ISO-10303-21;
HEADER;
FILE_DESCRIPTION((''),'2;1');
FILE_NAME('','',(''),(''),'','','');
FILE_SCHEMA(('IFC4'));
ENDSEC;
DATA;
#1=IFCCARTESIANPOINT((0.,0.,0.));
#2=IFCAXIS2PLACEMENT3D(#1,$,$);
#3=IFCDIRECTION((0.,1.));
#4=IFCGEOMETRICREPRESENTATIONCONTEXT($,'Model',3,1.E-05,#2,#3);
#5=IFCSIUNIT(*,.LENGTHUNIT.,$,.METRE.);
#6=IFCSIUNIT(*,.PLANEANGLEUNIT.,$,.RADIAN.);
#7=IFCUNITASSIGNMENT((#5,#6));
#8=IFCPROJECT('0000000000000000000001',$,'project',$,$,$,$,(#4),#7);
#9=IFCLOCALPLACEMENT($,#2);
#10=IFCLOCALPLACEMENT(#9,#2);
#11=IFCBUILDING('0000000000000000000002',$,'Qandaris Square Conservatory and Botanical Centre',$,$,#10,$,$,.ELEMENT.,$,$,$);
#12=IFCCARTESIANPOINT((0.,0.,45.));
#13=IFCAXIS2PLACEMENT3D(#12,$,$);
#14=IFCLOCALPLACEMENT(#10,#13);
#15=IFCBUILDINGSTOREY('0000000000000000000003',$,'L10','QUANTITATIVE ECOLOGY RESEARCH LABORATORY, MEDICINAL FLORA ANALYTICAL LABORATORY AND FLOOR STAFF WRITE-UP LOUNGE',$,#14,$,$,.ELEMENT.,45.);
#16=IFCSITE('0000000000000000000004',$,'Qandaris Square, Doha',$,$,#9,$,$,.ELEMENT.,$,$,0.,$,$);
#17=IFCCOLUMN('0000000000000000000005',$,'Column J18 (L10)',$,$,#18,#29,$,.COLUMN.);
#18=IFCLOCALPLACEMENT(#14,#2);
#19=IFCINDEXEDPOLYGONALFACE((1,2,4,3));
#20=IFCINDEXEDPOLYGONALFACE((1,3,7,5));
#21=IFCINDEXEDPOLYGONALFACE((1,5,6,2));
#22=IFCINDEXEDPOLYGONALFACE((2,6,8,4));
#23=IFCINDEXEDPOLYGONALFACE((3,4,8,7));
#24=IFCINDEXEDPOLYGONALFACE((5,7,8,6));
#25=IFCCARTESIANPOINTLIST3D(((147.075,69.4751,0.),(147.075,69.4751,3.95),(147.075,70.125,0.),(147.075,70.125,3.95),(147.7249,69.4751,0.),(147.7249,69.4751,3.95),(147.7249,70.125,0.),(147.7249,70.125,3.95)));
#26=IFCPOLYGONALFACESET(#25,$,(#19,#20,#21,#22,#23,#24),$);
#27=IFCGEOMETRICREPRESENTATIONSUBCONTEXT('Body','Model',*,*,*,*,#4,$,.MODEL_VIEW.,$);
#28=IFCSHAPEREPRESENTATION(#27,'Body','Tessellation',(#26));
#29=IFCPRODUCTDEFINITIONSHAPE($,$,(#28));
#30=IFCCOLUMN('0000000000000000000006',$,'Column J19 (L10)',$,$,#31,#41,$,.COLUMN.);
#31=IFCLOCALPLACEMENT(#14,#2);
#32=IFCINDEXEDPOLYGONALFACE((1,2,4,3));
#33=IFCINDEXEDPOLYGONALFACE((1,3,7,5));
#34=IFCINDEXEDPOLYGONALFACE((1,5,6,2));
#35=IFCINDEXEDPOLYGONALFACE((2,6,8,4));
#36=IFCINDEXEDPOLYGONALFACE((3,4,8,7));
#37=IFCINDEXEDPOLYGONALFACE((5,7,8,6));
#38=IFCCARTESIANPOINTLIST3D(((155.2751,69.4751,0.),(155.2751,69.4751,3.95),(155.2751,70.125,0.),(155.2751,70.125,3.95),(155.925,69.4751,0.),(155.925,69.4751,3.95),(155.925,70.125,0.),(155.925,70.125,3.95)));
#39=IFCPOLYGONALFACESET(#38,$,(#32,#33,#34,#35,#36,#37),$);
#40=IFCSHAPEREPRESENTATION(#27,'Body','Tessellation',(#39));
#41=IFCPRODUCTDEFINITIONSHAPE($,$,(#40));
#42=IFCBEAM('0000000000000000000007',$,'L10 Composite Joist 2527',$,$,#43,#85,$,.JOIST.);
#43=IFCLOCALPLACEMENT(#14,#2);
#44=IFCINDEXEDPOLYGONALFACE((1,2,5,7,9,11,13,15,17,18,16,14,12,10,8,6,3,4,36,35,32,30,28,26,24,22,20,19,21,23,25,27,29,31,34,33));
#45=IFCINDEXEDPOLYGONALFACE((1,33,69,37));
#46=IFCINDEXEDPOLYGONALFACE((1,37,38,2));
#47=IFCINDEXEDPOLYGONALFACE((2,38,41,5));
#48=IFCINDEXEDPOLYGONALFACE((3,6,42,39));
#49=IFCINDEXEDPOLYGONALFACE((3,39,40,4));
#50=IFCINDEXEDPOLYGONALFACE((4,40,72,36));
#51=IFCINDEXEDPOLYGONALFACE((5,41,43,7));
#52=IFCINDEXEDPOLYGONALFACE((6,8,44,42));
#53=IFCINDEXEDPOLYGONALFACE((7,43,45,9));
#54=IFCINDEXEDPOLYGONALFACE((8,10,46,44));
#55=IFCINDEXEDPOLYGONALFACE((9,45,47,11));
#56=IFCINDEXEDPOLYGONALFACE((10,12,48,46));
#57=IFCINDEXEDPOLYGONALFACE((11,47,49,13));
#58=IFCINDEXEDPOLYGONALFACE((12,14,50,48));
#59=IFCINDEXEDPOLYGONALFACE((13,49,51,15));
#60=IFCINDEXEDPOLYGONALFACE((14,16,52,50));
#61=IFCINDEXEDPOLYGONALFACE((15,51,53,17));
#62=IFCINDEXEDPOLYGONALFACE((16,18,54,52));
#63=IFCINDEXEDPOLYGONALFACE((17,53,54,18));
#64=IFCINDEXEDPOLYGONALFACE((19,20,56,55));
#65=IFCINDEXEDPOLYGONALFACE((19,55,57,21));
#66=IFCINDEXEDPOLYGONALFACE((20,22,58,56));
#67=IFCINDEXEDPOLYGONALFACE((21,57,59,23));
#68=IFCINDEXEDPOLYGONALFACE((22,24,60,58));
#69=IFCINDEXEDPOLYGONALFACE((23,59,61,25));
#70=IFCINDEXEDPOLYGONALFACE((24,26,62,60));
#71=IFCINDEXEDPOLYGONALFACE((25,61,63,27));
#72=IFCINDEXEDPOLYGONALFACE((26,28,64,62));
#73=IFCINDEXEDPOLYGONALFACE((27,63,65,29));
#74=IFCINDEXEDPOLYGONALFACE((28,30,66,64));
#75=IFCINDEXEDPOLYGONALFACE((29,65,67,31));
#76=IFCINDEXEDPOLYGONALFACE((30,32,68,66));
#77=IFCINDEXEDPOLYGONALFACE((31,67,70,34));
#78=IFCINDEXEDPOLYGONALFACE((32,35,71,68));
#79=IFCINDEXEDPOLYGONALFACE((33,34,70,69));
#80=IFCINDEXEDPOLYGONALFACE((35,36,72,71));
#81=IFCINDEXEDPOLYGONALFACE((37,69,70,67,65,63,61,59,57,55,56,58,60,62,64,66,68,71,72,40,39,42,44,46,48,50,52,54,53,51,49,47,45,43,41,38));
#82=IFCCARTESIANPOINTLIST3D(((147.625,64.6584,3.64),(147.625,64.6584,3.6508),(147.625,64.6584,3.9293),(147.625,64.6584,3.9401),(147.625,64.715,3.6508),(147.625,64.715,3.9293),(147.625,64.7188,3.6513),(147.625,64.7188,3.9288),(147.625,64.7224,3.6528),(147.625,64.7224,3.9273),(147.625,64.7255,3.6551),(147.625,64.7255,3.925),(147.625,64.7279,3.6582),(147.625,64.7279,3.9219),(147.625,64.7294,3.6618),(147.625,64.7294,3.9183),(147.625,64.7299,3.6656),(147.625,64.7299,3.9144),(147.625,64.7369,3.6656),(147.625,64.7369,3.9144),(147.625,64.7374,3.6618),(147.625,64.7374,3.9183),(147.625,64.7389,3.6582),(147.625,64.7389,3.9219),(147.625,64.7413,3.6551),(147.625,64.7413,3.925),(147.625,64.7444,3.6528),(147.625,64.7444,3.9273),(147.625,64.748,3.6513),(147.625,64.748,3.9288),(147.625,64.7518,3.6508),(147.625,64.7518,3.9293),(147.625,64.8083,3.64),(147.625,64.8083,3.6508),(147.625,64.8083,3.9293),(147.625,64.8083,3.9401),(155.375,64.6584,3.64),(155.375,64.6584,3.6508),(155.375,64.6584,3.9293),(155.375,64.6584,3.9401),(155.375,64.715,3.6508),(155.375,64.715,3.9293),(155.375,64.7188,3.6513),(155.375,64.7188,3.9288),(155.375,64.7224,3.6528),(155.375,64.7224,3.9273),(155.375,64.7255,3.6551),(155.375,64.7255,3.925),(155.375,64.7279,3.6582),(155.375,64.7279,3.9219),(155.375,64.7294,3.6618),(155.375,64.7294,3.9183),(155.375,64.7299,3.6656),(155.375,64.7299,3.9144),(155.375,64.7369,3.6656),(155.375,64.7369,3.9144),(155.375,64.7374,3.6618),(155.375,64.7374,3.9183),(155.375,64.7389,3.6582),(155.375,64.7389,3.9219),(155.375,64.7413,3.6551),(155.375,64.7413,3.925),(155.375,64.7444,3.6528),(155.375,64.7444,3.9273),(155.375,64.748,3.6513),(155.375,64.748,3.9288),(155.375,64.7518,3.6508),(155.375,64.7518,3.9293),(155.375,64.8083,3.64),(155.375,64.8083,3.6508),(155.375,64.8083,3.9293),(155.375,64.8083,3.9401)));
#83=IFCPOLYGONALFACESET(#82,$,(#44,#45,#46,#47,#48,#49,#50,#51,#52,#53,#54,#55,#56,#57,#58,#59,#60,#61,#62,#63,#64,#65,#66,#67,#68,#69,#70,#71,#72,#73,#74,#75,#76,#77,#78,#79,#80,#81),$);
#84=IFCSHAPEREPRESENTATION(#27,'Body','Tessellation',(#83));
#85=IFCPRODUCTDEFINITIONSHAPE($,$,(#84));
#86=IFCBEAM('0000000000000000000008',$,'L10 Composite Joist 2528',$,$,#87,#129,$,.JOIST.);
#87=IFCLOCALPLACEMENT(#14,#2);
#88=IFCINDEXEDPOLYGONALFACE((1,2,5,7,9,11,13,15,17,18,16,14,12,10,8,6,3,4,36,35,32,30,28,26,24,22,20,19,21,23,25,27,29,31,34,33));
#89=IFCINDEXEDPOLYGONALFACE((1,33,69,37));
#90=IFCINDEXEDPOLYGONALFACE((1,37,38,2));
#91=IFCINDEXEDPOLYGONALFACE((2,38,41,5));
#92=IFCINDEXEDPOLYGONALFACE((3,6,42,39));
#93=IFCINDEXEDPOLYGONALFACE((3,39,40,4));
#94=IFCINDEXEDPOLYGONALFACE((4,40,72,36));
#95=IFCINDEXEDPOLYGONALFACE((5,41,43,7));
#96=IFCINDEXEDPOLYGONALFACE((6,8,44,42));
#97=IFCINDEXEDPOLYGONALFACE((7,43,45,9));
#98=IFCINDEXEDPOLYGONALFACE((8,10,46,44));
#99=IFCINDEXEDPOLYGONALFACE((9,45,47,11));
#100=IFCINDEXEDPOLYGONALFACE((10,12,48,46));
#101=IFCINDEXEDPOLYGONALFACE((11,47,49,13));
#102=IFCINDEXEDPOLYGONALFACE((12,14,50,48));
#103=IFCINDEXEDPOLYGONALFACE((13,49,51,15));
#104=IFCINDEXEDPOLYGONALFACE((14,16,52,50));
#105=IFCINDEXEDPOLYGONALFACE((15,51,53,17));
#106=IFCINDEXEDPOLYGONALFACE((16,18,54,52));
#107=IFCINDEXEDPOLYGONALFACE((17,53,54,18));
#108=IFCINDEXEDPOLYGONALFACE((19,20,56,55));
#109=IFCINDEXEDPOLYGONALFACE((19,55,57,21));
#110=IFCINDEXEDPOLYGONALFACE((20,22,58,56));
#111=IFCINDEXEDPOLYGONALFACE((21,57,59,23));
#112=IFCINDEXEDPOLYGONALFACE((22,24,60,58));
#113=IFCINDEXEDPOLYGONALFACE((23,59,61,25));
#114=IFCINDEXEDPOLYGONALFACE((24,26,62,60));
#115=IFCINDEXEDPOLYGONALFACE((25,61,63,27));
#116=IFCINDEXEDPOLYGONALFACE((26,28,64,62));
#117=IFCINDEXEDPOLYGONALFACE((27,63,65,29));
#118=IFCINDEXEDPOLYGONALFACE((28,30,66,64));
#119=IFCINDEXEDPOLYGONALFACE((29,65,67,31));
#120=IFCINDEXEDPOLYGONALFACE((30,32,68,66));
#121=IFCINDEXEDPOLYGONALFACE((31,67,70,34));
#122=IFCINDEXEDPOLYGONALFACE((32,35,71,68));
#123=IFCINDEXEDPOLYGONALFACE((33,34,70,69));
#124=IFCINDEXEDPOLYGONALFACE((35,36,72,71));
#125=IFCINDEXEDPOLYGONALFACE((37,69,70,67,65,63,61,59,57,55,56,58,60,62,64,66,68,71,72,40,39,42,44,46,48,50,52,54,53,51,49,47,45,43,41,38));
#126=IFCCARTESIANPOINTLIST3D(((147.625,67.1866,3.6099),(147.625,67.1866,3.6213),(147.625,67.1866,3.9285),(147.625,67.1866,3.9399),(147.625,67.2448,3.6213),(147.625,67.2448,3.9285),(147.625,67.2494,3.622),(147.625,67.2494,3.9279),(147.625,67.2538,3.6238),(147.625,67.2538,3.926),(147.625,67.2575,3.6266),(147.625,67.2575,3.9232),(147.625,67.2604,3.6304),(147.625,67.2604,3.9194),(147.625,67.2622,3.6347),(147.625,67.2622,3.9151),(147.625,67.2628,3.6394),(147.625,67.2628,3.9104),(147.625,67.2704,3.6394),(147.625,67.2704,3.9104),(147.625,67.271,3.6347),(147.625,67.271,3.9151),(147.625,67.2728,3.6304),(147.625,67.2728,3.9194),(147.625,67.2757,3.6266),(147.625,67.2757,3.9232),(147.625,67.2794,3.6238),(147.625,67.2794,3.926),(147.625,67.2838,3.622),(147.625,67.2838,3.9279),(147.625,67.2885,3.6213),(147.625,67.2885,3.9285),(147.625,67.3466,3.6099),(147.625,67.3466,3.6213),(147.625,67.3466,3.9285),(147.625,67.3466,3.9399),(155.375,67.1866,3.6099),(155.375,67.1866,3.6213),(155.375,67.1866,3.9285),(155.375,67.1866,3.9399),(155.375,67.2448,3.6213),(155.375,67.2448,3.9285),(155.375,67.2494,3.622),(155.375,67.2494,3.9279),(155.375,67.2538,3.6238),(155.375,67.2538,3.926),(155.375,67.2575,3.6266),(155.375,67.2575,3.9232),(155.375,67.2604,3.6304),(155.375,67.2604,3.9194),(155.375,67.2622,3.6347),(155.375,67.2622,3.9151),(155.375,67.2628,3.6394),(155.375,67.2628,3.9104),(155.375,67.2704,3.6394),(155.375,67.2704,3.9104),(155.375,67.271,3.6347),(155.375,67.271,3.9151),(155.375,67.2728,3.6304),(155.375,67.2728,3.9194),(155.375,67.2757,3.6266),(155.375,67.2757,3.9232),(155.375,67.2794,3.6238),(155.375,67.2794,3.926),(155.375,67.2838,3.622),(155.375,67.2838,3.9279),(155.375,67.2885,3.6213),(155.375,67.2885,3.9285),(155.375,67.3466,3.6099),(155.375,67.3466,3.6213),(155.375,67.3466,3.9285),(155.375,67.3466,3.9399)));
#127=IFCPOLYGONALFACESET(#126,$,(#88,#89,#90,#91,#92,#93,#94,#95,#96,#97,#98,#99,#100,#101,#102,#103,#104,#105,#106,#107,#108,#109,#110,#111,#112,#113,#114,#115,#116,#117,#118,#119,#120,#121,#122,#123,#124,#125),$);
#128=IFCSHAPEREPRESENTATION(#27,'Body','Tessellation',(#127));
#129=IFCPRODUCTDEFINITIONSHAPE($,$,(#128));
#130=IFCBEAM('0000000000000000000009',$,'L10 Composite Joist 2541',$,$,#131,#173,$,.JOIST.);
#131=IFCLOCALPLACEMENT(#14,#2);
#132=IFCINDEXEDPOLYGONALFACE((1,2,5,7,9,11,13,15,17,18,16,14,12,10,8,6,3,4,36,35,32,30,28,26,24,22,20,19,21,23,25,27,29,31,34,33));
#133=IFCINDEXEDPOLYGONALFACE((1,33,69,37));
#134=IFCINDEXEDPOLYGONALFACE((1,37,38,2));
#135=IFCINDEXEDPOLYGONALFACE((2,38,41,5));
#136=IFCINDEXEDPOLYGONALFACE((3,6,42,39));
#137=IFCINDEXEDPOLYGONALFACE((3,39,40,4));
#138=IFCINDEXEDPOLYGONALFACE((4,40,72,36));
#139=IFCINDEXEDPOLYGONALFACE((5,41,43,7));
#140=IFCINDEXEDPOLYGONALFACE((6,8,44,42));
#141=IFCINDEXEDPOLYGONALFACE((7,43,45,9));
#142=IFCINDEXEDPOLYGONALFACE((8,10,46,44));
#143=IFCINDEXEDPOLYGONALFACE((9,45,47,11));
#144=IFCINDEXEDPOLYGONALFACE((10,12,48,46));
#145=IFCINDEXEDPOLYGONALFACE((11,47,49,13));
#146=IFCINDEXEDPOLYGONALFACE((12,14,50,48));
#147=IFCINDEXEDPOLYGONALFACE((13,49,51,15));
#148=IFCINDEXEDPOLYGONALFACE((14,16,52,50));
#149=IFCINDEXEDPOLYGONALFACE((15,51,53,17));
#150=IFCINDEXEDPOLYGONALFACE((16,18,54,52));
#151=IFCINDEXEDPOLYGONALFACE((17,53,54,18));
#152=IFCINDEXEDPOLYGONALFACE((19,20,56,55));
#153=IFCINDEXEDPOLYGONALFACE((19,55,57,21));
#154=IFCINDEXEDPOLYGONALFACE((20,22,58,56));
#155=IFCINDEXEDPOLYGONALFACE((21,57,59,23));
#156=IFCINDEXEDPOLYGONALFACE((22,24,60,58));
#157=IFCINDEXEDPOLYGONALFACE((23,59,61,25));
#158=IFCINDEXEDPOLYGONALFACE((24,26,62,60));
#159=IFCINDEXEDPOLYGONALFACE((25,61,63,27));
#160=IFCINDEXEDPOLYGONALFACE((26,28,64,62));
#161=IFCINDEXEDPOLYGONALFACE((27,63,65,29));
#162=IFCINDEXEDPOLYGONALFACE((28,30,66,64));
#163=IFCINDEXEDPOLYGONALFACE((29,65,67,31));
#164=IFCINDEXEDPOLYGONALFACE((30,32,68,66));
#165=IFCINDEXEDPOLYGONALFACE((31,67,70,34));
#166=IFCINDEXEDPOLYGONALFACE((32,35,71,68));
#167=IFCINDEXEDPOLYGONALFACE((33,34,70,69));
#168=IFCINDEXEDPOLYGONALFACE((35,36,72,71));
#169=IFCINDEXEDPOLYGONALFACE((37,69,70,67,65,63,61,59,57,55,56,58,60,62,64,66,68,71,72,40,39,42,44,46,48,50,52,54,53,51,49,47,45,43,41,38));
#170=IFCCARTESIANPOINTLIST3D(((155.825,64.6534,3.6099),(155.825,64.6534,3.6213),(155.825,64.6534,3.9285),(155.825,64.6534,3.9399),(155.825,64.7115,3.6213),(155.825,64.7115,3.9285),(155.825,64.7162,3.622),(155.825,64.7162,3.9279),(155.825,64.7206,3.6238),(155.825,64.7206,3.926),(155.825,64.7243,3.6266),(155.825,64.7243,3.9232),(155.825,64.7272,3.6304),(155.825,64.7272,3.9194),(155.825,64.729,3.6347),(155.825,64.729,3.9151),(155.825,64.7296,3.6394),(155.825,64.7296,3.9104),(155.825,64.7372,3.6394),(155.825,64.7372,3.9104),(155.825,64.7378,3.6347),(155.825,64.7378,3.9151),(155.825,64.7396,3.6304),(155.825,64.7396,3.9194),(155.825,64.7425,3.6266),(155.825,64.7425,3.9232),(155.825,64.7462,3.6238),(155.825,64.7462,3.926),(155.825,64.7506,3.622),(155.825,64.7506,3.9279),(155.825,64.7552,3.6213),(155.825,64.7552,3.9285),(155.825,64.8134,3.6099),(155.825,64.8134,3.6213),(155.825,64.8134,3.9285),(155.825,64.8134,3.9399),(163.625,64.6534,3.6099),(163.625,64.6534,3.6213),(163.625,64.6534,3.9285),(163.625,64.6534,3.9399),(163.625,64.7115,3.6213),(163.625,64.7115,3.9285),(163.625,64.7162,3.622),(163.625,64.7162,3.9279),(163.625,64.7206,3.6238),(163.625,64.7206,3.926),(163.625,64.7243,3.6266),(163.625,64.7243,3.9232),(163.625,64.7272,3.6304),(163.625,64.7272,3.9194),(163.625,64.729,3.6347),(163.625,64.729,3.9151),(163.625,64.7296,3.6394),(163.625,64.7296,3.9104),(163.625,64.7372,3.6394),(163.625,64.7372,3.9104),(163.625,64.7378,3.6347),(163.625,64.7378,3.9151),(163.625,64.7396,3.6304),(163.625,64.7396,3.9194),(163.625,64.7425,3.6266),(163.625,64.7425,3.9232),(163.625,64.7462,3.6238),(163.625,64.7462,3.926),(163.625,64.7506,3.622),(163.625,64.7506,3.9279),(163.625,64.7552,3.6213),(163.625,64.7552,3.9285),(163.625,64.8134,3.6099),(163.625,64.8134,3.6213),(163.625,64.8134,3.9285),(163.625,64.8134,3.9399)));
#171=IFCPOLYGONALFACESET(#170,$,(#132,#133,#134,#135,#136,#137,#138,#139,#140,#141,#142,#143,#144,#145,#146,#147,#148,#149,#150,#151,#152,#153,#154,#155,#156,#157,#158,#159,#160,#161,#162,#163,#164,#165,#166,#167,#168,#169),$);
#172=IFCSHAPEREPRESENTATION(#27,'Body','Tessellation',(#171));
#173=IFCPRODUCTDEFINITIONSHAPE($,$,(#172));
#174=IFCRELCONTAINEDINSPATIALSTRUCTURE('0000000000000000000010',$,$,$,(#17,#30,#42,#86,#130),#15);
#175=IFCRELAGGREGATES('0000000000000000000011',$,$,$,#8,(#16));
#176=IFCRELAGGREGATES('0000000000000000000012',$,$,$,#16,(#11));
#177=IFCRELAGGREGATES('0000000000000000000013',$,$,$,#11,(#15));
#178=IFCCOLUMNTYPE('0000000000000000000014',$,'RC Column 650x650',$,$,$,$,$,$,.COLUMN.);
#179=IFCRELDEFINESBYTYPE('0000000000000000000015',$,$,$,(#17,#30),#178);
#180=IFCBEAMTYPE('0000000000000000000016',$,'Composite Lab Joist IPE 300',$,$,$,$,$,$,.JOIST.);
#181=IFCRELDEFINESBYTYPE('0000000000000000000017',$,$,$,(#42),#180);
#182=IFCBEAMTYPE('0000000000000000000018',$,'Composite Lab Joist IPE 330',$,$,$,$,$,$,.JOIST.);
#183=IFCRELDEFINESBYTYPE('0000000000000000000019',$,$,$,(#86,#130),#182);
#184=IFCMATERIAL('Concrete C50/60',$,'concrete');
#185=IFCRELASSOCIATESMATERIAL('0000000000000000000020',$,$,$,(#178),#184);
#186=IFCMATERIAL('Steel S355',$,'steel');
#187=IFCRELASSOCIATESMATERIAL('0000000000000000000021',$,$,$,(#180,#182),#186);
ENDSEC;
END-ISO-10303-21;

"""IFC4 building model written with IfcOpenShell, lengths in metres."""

from ifc_helpers import new_model, si_unit, direction, frame, origin, origin_2d, place, context, subcontext, project, spatial, rectangle, i_section, extrude, material, material_profile, profile_set, type_object, element, save


model = new_model("IFC4")

# Units and contexts
model_context = context("Model", 3, precision=1e-05, world=origin(), true_north=direction((0.0, 1.0)))
body_context = subcontext(model_context, "Body", "Model", "MODEL_VIEW")
ifc_project = project(units=[si_unit("LENGTHUNIT", "METRE"), si_unit("PLANEANGLEUNIT", "RADIAN")], contexts=[model_context])

# Site, building, storey
site_placement = place(None, origin())
site = spatial("IfcSite", under=ifc_project, at=site_placement, Name="Qandaris Square, Doha", CompositionType="ELEMENT", RefElevation=0.0)
building_placement = place(site_placement, origin())
building = spatial("IfcBuilding", under=site, at=building_placement, Name="Qandaris Square Conservatory and Botanical Centre", CompositionType="ELEMENT")
storey_placement = place(building_placement, frame((0.0, 0.0, 45.0)))
storey = spatial("IfcBuildingStorey", under=building, at=storey_placement, Name="L10", Description="QUANTITATIVE ECOLOGY RESEARCH LABORATORY, MEDICINAL FLORA ANALYTICAL LABORATORY AND FLOOR STAFF WRITE-UP LOUNGE", CompositionType="ELEMENT", Elevation=45.0)

# Columns
ifc_material_1 = material(Name="Concrete C50/60", Category="concrete")
ifc_material_profile_1 = material_profile(ifc_material_1, rectangle(XDim=0.6499, YDim=0.6499, at=origin_2d()), Name="RC-COL 650x650")
ifc_profile_set_1 = profile_set([ifc_material_profile_1], Name="Concrete C50/60")
column_type = type_object("IfcColumnType", Name="RC Column 650x650", PredefinedType="COLUMN", material=ifc_profile_set_1)
for number, where, z_axis, x_axis, name in (
    (1, (147.3999, 69.8, 0.0), (0.0, 0.0, 1.0), (1.0, 0.0, 0.0), "Column J18 (L10)"),
    (2, (155.6001, 69.8, 0.0), (0.0, 0.0, 1.0), (1.0, 0.0, 0.0), "Column J19 (L10)"),
):
    element("IfcColumn", number, at=place(storey_placement, frame(where, z_axis=z_axis, x_axis=x_axis)), inside=storey, type_object=column_type, Name=name, PredefinedType="COLUMN", context=body_context, shape_type="SweptSolid", body=[
        extrude(rectangle(XDim=0.6499, YDim=0.6499, at=origin_2d()), origin(), (0.0, 0.0, 1.0), 3.95),
    ])

# Beams
ifc_material_2 = material(Name="Steel S355", Category="steel")
ifc_material_profile_2 = material_profile(ifc_material_2, i_section(OverallWidth=0.1499, OverallDepth=0.3, WebThickness=0.0071, FlangeThickness=0.0107, FilletRadius=0.0149, at=origin_2d()), Name="IPE 300")
ifc_profile_set_2 = profile_set([ifc_material_profile_2], Name="Steel S355")
beam_type_1 = type_object("IfcBeamType", Name="Composite Lab Joist IPE 300", PredefinedType="JOIST", material=ifc_profile_set_2)
beam_1_placement = place(storey_placement, frame((147.625, 64.7334, 3.79), z_axis=(1.0, 0.0, 0.0), x_axis=(0.0, 1.0, 0.0)))
element("IfcBeam", 3, at=beam_1_placement, inside=storey, type_object=beam_type_1, Name="L10 Composite Joist 2527", PredefinedType="JOIST", context=body_context, shape_type="SweptSolid", body=[
    extrude(i_section(OverallWidth=0.1499, OverallDepth=0.3, WebThickness=0.0071, FlangeThickness=0.0107, FilletRadius=0.0149, at=origin_2d()), origin(), (0.0, 0.0, 1.0), 7.75),
])
ifc_material_profile_3 = material_profile(ifc_material_2, i_section(OverallWidth=0.1599, OverallDepth=0.3301, WebThickness=0.0076, FlangeThickness=0.0115, FilletRadius=0.0181, at=origin_2d()), Name="IPE 330")
ifc_profile_set_3 = profile_set([ifc_material_profile_3], Name="Steel S355")
beam_type_2 = type_object("IfcBeamType", Name="Composite Lab Joist IPE 330", PredefinedType="JOIST", material=ifc_profile_set_3)
beam_2_placement = place(storey_placement, frame((147.625, 67.2666, 3.7749), z_axis=(1.0, 0.0, 0.0), x_axis=(0.0, 1.0, 0.0)))
element("IfcBeam", 4, at=beam_2_placement, inside=storey, type_object=beam_type_2, Name="L10 Composite Joist 2528", PredefinedType="JOIST", context=body_context, shape_type="SweptSolid", body=[
    extrude(i_section(OverallWidth=0.1599, OverallDepth=0.3301, WebThickness=0.0076, FlangeThickness=0.0115, FilletRadius=0.0181, at=origin_2d()), origin(), (0.0, 0.0, 1.0), 7.75),
])
beam_3_placement = place(storey_placement, frame((155.825, 64.7334, 3.7749), z_axis=(1.0, 0.0, 0.0), x_axis=(0.0, 1.0, 0.0)))
element("IfcBeam", 5, at=beam_3_placement, inside=storey, type_object=beam_type_2, Name="L10 Composite Joist 2541", PredefinedType="JOIST", context=body_context, shape_type="SweptSolid", body=[
    extrude(i_section(OverallWidth=0.1599, OverallDepth=0.3301, WebThickness=0.0076, FlangeThickness=0.0115, FilletRadius=0.0181, at=origin_2d()), origin(), (0.0, 0.0, 1.0), 7.8),
])

save(model, "model.ifc")
